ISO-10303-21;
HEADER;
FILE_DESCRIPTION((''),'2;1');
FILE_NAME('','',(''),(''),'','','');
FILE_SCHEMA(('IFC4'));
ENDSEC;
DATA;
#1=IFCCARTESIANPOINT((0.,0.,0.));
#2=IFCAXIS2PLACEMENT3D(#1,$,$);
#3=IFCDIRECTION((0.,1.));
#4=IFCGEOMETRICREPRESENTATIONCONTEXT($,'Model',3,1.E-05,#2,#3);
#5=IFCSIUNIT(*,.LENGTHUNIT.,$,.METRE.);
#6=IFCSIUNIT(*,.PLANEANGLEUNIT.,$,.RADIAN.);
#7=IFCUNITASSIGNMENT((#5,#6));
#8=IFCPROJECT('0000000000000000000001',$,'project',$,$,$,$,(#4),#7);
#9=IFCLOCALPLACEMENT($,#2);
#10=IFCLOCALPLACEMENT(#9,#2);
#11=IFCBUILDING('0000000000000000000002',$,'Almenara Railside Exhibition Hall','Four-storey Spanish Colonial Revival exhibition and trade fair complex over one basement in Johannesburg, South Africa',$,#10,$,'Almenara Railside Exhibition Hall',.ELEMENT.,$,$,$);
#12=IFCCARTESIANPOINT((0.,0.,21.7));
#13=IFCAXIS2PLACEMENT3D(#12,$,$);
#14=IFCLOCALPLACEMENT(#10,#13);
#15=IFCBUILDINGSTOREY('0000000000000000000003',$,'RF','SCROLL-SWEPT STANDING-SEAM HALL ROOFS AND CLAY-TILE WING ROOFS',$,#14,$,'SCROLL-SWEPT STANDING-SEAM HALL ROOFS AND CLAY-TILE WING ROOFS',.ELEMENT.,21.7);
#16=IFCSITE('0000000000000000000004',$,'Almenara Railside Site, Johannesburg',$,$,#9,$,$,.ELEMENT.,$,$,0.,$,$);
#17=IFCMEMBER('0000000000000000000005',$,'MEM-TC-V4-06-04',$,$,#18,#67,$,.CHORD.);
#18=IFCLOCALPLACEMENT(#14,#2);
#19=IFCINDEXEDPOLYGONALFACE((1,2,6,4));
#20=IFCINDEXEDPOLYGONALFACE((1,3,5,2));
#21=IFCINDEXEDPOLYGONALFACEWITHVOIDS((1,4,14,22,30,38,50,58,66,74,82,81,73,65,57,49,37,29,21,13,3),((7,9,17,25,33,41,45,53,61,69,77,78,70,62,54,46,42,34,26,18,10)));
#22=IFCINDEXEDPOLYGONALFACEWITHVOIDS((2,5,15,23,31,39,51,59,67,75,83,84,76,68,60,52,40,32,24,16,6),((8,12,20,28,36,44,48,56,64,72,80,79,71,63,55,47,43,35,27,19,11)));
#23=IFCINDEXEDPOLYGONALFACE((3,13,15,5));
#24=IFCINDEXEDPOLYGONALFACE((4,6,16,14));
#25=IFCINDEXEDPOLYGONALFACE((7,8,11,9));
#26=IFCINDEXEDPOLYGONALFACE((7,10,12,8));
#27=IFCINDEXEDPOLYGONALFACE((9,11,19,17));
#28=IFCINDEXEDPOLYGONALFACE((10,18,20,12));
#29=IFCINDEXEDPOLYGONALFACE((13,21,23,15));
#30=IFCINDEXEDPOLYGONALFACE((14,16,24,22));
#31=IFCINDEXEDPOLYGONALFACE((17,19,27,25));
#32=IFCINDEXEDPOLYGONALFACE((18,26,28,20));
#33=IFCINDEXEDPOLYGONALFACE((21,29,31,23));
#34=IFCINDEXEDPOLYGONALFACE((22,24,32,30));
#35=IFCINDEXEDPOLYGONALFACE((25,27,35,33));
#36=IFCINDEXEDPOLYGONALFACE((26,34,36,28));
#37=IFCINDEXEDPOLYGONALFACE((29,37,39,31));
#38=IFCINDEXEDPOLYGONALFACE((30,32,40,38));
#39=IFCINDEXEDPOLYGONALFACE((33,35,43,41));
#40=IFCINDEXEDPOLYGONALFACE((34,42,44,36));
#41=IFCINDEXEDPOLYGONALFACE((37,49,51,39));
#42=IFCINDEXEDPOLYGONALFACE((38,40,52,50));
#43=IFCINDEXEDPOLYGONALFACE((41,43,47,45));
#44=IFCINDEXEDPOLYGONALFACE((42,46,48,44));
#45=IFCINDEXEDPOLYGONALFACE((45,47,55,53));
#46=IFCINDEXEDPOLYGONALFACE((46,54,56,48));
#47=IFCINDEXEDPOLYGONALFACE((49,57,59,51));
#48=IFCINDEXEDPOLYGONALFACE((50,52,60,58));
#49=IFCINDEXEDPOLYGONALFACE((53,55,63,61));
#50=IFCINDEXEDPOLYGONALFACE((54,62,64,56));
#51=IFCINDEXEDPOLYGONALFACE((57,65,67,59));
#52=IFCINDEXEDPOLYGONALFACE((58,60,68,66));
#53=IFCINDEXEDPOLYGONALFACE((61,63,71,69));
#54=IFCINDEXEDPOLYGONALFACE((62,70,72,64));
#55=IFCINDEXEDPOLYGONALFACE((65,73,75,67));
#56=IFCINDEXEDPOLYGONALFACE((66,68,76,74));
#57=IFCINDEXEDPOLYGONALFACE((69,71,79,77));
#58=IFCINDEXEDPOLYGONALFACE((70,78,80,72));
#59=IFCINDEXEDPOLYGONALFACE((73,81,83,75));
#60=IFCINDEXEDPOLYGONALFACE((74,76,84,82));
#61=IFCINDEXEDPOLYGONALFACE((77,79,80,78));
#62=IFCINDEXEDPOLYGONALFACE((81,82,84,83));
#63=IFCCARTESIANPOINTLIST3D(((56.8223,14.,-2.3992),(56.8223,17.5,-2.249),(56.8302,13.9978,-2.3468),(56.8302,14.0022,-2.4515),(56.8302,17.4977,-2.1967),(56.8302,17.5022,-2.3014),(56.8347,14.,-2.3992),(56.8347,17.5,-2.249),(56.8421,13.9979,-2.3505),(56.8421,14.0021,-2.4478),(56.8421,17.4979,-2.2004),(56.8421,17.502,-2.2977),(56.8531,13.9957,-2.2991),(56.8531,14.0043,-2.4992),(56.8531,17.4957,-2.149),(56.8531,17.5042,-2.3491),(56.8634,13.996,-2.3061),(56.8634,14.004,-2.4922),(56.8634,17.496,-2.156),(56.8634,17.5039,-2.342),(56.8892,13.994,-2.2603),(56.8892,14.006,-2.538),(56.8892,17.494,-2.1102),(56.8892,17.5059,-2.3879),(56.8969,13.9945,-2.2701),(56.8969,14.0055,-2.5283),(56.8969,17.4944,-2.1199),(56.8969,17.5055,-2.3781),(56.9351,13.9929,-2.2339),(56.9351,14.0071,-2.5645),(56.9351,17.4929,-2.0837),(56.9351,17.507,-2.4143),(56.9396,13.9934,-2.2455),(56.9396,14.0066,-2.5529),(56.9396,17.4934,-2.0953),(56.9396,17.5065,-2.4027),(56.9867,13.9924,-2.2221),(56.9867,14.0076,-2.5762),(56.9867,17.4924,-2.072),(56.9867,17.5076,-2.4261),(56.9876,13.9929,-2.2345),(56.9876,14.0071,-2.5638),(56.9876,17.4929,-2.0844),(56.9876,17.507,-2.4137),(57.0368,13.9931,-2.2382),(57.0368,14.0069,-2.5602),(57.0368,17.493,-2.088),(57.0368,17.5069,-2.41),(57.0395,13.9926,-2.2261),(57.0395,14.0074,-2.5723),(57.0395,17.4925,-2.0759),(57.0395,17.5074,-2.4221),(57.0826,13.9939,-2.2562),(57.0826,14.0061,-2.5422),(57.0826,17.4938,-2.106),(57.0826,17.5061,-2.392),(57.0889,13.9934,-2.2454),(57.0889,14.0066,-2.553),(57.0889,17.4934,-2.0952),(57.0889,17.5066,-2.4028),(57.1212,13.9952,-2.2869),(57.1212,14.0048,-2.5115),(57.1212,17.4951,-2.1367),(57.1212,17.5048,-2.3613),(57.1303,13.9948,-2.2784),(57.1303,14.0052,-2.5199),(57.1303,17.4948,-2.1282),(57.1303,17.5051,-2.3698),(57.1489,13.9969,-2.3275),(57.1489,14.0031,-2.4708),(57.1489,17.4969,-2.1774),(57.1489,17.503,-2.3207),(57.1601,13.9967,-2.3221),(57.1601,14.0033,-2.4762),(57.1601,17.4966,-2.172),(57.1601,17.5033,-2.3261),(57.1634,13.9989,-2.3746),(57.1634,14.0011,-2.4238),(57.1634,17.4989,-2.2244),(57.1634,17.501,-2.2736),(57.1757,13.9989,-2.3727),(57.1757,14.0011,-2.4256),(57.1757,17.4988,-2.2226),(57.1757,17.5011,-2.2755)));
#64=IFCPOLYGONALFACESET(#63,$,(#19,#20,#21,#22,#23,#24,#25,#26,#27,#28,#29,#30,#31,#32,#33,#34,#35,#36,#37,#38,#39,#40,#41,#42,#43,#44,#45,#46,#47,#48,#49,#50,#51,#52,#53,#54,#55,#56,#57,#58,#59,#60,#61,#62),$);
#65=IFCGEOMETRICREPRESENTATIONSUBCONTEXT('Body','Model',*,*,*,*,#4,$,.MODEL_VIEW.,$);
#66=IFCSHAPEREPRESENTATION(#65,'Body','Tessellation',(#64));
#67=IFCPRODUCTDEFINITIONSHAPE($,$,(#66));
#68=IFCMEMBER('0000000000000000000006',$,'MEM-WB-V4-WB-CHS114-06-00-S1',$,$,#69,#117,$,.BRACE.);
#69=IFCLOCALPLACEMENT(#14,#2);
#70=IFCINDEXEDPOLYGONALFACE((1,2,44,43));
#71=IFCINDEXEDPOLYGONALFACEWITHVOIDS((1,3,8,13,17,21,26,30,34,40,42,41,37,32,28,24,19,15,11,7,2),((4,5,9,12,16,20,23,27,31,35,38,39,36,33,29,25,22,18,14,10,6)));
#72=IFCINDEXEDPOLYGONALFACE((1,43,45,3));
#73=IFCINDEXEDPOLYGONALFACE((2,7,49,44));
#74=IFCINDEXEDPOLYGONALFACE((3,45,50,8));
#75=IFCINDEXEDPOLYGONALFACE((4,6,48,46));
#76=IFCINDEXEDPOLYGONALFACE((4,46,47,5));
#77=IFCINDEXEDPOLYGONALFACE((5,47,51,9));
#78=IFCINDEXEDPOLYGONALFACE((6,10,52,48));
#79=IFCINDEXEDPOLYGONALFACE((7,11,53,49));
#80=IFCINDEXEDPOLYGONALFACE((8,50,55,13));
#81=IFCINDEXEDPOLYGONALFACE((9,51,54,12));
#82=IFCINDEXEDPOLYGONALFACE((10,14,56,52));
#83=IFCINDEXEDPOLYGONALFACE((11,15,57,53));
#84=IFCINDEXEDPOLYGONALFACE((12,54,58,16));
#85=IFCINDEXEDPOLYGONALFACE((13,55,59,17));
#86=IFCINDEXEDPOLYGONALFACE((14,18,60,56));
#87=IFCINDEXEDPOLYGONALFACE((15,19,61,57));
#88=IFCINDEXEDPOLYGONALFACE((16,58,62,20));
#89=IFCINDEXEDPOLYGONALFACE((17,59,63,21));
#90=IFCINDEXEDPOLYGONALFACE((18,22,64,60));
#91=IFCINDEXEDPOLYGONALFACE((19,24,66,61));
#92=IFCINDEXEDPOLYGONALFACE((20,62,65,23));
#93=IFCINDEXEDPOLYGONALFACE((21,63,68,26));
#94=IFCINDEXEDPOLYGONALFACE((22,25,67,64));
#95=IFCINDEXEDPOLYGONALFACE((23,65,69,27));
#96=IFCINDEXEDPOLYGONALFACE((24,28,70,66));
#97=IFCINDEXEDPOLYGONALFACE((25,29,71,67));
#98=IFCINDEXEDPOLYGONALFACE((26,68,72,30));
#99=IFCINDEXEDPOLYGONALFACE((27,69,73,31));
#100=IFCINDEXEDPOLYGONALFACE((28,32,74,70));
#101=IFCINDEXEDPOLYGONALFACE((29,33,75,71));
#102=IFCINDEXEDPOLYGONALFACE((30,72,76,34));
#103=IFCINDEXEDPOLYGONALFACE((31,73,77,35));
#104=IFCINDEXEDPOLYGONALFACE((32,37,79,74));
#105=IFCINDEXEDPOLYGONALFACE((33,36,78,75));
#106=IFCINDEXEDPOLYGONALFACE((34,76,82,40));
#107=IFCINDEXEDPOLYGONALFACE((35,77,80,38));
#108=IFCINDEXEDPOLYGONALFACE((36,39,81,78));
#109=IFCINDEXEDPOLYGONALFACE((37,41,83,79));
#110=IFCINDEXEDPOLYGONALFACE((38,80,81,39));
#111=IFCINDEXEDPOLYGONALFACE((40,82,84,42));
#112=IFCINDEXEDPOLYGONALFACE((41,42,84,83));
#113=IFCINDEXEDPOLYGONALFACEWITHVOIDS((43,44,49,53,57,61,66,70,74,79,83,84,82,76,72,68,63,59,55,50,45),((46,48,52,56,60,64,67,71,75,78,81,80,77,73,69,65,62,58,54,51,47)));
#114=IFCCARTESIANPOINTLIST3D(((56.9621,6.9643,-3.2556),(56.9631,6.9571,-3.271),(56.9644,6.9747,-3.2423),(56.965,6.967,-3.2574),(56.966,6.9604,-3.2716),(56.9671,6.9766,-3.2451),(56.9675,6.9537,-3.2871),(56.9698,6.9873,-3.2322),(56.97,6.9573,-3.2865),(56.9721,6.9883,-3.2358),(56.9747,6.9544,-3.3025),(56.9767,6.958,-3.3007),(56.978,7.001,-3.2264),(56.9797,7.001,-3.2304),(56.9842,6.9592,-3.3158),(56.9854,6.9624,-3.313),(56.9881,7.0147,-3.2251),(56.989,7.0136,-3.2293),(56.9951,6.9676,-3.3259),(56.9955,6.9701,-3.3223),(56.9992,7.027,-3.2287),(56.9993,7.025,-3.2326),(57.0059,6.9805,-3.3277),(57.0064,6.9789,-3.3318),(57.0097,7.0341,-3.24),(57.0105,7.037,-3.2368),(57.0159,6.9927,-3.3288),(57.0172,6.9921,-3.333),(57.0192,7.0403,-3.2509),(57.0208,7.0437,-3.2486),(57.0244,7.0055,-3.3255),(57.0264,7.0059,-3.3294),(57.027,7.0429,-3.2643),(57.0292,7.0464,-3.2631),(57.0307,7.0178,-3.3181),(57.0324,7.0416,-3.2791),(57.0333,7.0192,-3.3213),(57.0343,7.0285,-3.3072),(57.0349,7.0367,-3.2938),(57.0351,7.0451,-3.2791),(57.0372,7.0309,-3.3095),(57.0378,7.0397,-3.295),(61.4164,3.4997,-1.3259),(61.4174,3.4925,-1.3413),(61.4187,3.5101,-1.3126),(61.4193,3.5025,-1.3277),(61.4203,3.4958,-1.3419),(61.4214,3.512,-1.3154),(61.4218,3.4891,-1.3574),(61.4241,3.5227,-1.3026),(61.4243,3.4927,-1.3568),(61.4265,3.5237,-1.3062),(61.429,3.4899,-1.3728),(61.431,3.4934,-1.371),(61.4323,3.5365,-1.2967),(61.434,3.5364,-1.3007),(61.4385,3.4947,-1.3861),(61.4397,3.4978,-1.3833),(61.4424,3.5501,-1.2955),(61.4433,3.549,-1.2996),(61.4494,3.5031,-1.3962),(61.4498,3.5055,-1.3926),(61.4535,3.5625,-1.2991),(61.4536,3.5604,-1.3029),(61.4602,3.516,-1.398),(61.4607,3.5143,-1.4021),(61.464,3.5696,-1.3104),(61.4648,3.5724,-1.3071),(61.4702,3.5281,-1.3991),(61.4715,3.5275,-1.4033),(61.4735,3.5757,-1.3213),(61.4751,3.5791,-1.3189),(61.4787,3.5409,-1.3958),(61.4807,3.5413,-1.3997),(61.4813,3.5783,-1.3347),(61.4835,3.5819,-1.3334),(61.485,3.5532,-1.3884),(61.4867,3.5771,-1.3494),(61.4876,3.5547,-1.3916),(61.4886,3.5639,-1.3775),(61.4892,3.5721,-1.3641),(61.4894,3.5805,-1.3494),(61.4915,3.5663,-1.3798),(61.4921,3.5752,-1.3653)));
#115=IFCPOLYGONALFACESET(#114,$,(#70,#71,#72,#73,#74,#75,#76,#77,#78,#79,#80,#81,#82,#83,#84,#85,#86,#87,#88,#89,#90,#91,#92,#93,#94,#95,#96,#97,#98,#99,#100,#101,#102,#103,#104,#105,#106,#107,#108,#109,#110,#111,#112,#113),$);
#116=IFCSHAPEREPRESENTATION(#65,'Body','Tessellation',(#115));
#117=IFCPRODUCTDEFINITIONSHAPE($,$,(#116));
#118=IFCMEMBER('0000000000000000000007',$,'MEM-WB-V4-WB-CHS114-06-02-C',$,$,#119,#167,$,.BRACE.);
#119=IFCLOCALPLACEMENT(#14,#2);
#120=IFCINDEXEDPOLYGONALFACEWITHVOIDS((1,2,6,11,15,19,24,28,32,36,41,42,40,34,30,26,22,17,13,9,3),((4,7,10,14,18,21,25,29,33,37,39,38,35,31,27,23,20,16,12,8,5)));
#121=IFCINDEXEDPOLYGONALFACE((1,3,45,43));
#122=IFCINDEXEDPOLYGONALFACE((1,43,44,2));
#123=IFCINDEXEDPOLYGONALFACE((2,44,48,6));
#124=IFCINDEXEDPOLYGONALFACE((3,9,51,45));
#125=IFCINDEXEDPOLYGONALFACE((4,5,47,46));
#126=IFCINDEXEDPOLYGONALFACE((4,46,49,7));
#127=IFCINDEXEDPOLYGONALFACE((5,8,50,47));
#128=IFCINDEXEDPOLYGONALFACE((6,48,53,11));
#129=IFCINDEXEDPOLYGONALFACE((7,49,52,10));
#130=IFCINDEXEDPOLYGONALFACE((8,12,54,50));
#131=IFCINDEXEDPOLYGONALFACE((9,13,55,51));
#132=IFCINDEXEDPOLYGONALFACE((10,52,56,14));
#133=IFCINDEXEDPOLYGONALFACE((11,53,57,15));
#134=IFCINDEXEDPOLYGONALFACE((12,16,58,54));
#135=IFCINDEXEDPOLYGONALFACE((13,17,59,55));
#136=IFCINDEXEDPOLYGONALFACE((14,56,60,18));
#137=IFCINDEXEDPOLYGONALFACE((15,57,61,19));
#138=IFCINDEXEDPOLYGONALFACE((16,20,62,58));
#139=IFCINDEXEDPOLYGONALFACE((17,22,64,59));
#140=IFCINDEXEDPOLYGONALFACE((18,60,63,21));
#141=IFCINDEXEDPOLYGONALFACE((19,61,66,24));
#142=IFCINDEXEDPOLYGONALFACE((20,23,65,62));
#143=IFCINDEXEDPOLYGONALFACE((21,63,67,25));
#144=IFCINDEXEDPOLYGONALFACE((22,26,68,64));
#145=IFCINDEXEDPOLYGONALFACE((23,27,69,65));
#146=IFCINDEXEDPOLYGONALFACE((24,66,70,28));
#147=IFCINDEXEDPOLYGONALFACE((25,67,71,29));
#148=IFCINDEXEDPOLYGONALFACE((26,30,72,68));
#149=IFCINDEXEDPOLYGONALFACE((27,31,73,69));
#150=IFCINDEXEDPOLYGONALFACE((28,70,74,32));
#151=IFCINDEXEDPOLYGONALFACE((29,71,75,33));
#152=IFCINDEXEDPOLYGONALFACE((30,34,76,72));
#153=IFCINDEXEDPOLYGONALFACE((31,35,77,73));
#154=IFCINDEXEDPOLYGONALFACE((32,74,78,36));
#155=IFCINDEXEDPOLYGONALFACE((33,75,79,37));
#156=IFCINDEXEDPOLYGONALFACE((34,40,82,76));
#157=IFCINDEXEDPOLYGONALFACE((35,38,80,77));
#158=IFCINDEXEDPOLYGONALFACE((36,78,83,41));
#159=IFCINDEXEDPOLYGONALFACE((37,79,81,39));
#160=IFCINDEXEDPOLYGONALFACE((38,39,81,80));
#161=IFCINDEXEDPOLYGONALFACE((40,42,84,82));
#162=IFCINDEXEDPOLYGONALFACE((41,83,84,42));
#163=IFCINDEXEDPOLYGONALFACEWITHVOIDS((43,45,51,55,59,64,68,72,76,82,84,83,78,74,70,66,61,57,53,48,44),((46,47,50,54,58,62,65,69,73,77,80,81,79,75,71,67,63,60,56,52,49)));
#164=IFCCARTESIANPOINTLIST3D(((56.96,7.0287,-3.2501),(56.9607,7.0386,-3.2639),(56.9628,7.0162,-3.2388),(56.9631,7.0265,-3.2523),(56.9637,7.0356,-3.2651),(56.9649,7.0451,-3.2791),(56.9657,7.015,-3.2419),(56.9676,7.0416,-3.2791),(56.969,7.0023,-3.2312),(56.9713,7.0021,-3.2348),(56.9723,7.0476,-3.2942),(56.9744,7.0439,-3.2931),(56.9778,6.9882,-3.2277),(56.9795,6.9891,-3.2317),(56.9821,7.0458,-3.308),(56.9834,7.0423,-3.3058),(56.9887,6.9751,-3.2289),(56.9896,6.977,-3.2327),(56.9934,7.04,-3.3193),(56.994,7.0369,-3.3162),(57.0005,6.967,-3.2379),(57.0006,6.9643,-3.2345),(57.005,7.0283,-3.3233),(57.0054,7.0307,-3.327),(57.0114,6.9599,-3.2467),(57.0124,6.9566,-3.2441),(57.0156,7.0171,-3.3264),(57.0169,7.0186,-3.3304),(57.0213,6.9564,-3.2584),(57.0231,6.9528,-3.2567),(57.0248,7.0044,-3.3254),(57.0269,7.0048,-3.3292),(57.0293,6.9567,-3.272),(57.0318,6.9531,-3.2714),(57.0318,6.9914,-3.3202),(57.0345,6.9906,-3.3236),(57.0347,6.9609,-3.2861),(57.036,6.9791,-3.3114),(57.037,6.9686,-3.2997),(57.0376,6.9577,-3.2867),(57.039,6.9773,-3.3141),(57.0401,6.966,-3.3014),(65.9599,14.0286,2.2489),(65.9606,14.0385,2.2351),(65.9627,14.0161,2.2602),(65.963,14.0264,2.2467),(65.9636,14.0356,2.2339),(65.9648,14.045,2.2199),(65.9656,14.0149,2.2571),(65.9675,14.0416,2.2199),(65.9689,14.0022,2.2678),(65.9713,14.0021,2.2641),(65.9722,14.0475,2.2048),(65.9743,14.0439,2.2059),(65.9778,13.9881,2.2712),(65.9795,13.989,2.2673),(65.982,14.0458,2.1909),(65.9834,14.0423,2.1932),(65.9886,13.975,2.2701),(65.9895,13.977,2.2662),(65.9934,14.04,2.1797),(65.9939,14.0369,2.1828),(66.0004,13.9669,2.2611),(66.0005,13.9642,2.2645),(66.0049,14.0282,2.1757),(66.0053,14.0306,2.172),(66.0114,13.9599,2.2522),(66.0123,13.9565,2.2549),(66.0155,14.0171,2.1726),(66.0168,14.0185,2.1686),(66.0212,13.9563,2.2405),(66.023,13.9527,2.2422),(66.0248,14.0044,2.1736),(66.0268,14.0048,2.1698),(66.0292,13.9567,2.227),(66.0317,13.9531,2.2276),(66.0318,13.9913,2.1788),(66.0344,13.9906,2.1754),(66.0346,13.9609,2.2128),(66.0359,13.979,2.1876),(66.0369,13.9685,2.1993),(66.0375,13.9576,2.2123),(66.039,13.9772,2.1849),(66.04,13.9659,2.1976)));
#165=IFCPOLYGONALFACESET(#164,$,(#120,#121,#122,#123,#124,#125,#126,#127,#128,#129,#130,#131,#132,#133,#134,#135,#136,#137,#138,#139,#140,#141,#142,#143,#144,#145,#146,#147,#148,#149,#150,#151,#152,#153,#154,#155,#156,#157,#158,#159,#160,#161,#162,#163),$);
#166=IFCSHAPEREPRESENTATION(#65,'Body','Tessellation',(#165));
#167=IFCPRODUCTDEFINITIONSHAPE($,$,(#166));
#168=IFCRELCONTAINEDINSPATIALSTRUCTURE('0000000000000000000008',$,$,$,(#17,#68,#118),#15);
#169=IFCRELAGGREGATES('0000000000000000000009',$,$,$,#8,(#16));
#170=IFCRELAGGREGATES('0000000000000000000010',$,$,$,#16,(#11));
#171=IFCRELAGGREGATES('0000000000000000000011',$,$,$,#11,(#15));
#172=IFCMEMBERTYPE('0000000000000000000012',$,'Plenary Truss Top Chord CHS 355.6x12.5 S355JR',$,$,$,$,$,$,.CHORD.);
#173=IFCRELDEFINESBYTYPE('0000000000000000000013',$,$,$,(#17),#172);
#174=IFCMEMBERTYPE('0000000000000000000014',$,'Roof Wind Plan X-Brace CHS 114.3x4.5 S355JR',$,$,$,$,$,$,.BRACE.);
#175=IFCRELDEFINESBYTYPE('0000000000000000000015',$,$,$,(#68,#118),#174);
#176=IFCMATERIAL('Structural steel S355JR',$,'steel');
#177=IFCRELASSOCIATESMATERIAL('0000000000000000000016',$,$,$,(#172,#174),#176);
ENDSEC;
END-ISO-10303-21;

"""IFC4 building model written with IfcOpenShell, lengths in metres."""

from ifc_helpers import new_model, si_unit, direction, frame, origin, origin_2d, place, context, subcontext, project, spatial, hollow_circle, extrude, material, material_profile, profile_set, type_object, element, save


model = new_model("IFC4")

# Units and contexts
model_context = context("Model", 3, precision=1e-05, world=origin(), true_north=direction((0.0, 1.0)))
body_context = subcontext(model_context, "Body", "Model", "MODEL_VIEW")
ifc_project = project(units=[si_unit("LENGTHUNIT", "METRE"), si_unit("PLANEANGLEUNIT", "RADIAN")], contexts=[model_context])

# Site, building, storey
site_placement = place(None, origin())
site = spatial("IfcSite", under=ifc_project, at=site_placement, Name="Almenara Railside Site, Johannesburg", CompositionType="ELEMENT", RefElevation=0.0)
building_placement = place(site_placement, origin())
building = spatial("IfcBuilding", under=site, at=building_placement, Name="Almenara Railside Exhibition Hall", Description="Four-storey Spanish Colonial Revival exhibition and trade fair complex over one basement in Johannesburg, South Africa", LongName="Almenara Railside Exhibition Hall", CompositionType="ELEMENT")
storey_placement = place(building_placement, frame((0.0, 0.0, 21.7)))
storey = spatial("IfcBuildingStorey", under=building, at=storey_placement, Name="RF", Description="SCROLL-SWEPT STANDING-SEAM HALL ROOFS AND CLAY-TILE WING ROOFS", LongName="SCROLL-SWEPT STANDING-SEAM HALL ROOFS AND CLAY-TILE WING ROOFS", CompositionType="ELEMENT", Elevation=21.7)

# Members
ifc_material_1 = material(Name="Structural steel S355JR", Category="steel")
ifc_material_profile_1 = material_profile(ifc_material_1, hollow_circle(Radius=0.1777, WallThickness=0.0125, at=origin_2d()), Name="CHS 355.6x12.5")
ifc_profile_set_1 = profile_set([ifc_material_profile_1], Name="Structural steel S355JR")
member_type_1 = type_object("IfcMemberType", Name="Plenary Truss Top Chord CHS 355.6x12.5 S355JR", PredefinedType="CHORD", material=ifc_profile_set_1)
member_1_placement = place(storey_placement, frame((57.0, 14.0, -2.3992), z_axis=(0.0, 0.999081, 0.04286), x_axis=(-1.0, 0.0, 0.0)))
element("IfcMember", 1, at=member_1_placement, inside=storey, type_object=member_type_1, Name="MEM-TC-V4-06-04", PredefinedType="CHORD", context=body_context, shape_type="SweptSolid", body=[
    extrude(hollow_circle(Radius=0.1777, WallThickness=0.0125, at=origin_2d()), origin(), (0.0, 0.0, 1.0), 3.5032),
])
ifc_material_profile_2 = material_profile(ifc_material_1, hollow_circle(Radius=0.0571, WallThickness=0.0044, at=origin_2d()), Name="CHS 114.3x4.5")
ifc_profile_set_2 = profile_set([ifc_material_profile_2], Name="Structural steel S355JR")
member_type_2 = type_object("IfcMemberType", Name="Roof Wind Plan X-Brace CHS 114.3x4.5 S355JR", PredefinedType="BRACE", material=ifc_profile_set_2)
member_2_placement = place(storey_placement, frame((57.0, 7.0, -3.2791), z_axis=(0.746882, -0.580927, 0.32356), x_axis=(0.613953, 0.789343, 0.0)))
element("IfcMember", 2, at=member_2_placement, inside=storey, type_object=member_type_2, Name="MEM-WB-V4-WB-CHS114-06-00-S1", PredefinedType="BRACE", context=body_context, shape_type="SweptSolid", body=[
    extrude(hollow_circle(Radius=0.0571, WallThickness=0.0044, at=origin_2d()), origin(), (0.0, 0.0, 1.0), 5.9639),
])
member_3_placement = place(storey_placement, frame((57.0, 7.0, -3.2791), z_axis=(0.710981, 0.552985, 0.434411), x_axis=(-0.613941, 0.789352, 0.0)))
element("IfcMember", 3, at=member_3_placement, inside=storey, type_object=member_type_2, Name="MEM-WB-V4-WB-CHS114-06-02-C", PredefinedType="BRACE", context=body_context, shape_type="SweptSolid", body=[
    extrude(hollow_circle(Radius=0.0571, WallThickness=0.0044, at=origin_2d()), origin(), (0.0, 0.0, 1.0), 12.6584),
])

save(model, "model.ifc")
